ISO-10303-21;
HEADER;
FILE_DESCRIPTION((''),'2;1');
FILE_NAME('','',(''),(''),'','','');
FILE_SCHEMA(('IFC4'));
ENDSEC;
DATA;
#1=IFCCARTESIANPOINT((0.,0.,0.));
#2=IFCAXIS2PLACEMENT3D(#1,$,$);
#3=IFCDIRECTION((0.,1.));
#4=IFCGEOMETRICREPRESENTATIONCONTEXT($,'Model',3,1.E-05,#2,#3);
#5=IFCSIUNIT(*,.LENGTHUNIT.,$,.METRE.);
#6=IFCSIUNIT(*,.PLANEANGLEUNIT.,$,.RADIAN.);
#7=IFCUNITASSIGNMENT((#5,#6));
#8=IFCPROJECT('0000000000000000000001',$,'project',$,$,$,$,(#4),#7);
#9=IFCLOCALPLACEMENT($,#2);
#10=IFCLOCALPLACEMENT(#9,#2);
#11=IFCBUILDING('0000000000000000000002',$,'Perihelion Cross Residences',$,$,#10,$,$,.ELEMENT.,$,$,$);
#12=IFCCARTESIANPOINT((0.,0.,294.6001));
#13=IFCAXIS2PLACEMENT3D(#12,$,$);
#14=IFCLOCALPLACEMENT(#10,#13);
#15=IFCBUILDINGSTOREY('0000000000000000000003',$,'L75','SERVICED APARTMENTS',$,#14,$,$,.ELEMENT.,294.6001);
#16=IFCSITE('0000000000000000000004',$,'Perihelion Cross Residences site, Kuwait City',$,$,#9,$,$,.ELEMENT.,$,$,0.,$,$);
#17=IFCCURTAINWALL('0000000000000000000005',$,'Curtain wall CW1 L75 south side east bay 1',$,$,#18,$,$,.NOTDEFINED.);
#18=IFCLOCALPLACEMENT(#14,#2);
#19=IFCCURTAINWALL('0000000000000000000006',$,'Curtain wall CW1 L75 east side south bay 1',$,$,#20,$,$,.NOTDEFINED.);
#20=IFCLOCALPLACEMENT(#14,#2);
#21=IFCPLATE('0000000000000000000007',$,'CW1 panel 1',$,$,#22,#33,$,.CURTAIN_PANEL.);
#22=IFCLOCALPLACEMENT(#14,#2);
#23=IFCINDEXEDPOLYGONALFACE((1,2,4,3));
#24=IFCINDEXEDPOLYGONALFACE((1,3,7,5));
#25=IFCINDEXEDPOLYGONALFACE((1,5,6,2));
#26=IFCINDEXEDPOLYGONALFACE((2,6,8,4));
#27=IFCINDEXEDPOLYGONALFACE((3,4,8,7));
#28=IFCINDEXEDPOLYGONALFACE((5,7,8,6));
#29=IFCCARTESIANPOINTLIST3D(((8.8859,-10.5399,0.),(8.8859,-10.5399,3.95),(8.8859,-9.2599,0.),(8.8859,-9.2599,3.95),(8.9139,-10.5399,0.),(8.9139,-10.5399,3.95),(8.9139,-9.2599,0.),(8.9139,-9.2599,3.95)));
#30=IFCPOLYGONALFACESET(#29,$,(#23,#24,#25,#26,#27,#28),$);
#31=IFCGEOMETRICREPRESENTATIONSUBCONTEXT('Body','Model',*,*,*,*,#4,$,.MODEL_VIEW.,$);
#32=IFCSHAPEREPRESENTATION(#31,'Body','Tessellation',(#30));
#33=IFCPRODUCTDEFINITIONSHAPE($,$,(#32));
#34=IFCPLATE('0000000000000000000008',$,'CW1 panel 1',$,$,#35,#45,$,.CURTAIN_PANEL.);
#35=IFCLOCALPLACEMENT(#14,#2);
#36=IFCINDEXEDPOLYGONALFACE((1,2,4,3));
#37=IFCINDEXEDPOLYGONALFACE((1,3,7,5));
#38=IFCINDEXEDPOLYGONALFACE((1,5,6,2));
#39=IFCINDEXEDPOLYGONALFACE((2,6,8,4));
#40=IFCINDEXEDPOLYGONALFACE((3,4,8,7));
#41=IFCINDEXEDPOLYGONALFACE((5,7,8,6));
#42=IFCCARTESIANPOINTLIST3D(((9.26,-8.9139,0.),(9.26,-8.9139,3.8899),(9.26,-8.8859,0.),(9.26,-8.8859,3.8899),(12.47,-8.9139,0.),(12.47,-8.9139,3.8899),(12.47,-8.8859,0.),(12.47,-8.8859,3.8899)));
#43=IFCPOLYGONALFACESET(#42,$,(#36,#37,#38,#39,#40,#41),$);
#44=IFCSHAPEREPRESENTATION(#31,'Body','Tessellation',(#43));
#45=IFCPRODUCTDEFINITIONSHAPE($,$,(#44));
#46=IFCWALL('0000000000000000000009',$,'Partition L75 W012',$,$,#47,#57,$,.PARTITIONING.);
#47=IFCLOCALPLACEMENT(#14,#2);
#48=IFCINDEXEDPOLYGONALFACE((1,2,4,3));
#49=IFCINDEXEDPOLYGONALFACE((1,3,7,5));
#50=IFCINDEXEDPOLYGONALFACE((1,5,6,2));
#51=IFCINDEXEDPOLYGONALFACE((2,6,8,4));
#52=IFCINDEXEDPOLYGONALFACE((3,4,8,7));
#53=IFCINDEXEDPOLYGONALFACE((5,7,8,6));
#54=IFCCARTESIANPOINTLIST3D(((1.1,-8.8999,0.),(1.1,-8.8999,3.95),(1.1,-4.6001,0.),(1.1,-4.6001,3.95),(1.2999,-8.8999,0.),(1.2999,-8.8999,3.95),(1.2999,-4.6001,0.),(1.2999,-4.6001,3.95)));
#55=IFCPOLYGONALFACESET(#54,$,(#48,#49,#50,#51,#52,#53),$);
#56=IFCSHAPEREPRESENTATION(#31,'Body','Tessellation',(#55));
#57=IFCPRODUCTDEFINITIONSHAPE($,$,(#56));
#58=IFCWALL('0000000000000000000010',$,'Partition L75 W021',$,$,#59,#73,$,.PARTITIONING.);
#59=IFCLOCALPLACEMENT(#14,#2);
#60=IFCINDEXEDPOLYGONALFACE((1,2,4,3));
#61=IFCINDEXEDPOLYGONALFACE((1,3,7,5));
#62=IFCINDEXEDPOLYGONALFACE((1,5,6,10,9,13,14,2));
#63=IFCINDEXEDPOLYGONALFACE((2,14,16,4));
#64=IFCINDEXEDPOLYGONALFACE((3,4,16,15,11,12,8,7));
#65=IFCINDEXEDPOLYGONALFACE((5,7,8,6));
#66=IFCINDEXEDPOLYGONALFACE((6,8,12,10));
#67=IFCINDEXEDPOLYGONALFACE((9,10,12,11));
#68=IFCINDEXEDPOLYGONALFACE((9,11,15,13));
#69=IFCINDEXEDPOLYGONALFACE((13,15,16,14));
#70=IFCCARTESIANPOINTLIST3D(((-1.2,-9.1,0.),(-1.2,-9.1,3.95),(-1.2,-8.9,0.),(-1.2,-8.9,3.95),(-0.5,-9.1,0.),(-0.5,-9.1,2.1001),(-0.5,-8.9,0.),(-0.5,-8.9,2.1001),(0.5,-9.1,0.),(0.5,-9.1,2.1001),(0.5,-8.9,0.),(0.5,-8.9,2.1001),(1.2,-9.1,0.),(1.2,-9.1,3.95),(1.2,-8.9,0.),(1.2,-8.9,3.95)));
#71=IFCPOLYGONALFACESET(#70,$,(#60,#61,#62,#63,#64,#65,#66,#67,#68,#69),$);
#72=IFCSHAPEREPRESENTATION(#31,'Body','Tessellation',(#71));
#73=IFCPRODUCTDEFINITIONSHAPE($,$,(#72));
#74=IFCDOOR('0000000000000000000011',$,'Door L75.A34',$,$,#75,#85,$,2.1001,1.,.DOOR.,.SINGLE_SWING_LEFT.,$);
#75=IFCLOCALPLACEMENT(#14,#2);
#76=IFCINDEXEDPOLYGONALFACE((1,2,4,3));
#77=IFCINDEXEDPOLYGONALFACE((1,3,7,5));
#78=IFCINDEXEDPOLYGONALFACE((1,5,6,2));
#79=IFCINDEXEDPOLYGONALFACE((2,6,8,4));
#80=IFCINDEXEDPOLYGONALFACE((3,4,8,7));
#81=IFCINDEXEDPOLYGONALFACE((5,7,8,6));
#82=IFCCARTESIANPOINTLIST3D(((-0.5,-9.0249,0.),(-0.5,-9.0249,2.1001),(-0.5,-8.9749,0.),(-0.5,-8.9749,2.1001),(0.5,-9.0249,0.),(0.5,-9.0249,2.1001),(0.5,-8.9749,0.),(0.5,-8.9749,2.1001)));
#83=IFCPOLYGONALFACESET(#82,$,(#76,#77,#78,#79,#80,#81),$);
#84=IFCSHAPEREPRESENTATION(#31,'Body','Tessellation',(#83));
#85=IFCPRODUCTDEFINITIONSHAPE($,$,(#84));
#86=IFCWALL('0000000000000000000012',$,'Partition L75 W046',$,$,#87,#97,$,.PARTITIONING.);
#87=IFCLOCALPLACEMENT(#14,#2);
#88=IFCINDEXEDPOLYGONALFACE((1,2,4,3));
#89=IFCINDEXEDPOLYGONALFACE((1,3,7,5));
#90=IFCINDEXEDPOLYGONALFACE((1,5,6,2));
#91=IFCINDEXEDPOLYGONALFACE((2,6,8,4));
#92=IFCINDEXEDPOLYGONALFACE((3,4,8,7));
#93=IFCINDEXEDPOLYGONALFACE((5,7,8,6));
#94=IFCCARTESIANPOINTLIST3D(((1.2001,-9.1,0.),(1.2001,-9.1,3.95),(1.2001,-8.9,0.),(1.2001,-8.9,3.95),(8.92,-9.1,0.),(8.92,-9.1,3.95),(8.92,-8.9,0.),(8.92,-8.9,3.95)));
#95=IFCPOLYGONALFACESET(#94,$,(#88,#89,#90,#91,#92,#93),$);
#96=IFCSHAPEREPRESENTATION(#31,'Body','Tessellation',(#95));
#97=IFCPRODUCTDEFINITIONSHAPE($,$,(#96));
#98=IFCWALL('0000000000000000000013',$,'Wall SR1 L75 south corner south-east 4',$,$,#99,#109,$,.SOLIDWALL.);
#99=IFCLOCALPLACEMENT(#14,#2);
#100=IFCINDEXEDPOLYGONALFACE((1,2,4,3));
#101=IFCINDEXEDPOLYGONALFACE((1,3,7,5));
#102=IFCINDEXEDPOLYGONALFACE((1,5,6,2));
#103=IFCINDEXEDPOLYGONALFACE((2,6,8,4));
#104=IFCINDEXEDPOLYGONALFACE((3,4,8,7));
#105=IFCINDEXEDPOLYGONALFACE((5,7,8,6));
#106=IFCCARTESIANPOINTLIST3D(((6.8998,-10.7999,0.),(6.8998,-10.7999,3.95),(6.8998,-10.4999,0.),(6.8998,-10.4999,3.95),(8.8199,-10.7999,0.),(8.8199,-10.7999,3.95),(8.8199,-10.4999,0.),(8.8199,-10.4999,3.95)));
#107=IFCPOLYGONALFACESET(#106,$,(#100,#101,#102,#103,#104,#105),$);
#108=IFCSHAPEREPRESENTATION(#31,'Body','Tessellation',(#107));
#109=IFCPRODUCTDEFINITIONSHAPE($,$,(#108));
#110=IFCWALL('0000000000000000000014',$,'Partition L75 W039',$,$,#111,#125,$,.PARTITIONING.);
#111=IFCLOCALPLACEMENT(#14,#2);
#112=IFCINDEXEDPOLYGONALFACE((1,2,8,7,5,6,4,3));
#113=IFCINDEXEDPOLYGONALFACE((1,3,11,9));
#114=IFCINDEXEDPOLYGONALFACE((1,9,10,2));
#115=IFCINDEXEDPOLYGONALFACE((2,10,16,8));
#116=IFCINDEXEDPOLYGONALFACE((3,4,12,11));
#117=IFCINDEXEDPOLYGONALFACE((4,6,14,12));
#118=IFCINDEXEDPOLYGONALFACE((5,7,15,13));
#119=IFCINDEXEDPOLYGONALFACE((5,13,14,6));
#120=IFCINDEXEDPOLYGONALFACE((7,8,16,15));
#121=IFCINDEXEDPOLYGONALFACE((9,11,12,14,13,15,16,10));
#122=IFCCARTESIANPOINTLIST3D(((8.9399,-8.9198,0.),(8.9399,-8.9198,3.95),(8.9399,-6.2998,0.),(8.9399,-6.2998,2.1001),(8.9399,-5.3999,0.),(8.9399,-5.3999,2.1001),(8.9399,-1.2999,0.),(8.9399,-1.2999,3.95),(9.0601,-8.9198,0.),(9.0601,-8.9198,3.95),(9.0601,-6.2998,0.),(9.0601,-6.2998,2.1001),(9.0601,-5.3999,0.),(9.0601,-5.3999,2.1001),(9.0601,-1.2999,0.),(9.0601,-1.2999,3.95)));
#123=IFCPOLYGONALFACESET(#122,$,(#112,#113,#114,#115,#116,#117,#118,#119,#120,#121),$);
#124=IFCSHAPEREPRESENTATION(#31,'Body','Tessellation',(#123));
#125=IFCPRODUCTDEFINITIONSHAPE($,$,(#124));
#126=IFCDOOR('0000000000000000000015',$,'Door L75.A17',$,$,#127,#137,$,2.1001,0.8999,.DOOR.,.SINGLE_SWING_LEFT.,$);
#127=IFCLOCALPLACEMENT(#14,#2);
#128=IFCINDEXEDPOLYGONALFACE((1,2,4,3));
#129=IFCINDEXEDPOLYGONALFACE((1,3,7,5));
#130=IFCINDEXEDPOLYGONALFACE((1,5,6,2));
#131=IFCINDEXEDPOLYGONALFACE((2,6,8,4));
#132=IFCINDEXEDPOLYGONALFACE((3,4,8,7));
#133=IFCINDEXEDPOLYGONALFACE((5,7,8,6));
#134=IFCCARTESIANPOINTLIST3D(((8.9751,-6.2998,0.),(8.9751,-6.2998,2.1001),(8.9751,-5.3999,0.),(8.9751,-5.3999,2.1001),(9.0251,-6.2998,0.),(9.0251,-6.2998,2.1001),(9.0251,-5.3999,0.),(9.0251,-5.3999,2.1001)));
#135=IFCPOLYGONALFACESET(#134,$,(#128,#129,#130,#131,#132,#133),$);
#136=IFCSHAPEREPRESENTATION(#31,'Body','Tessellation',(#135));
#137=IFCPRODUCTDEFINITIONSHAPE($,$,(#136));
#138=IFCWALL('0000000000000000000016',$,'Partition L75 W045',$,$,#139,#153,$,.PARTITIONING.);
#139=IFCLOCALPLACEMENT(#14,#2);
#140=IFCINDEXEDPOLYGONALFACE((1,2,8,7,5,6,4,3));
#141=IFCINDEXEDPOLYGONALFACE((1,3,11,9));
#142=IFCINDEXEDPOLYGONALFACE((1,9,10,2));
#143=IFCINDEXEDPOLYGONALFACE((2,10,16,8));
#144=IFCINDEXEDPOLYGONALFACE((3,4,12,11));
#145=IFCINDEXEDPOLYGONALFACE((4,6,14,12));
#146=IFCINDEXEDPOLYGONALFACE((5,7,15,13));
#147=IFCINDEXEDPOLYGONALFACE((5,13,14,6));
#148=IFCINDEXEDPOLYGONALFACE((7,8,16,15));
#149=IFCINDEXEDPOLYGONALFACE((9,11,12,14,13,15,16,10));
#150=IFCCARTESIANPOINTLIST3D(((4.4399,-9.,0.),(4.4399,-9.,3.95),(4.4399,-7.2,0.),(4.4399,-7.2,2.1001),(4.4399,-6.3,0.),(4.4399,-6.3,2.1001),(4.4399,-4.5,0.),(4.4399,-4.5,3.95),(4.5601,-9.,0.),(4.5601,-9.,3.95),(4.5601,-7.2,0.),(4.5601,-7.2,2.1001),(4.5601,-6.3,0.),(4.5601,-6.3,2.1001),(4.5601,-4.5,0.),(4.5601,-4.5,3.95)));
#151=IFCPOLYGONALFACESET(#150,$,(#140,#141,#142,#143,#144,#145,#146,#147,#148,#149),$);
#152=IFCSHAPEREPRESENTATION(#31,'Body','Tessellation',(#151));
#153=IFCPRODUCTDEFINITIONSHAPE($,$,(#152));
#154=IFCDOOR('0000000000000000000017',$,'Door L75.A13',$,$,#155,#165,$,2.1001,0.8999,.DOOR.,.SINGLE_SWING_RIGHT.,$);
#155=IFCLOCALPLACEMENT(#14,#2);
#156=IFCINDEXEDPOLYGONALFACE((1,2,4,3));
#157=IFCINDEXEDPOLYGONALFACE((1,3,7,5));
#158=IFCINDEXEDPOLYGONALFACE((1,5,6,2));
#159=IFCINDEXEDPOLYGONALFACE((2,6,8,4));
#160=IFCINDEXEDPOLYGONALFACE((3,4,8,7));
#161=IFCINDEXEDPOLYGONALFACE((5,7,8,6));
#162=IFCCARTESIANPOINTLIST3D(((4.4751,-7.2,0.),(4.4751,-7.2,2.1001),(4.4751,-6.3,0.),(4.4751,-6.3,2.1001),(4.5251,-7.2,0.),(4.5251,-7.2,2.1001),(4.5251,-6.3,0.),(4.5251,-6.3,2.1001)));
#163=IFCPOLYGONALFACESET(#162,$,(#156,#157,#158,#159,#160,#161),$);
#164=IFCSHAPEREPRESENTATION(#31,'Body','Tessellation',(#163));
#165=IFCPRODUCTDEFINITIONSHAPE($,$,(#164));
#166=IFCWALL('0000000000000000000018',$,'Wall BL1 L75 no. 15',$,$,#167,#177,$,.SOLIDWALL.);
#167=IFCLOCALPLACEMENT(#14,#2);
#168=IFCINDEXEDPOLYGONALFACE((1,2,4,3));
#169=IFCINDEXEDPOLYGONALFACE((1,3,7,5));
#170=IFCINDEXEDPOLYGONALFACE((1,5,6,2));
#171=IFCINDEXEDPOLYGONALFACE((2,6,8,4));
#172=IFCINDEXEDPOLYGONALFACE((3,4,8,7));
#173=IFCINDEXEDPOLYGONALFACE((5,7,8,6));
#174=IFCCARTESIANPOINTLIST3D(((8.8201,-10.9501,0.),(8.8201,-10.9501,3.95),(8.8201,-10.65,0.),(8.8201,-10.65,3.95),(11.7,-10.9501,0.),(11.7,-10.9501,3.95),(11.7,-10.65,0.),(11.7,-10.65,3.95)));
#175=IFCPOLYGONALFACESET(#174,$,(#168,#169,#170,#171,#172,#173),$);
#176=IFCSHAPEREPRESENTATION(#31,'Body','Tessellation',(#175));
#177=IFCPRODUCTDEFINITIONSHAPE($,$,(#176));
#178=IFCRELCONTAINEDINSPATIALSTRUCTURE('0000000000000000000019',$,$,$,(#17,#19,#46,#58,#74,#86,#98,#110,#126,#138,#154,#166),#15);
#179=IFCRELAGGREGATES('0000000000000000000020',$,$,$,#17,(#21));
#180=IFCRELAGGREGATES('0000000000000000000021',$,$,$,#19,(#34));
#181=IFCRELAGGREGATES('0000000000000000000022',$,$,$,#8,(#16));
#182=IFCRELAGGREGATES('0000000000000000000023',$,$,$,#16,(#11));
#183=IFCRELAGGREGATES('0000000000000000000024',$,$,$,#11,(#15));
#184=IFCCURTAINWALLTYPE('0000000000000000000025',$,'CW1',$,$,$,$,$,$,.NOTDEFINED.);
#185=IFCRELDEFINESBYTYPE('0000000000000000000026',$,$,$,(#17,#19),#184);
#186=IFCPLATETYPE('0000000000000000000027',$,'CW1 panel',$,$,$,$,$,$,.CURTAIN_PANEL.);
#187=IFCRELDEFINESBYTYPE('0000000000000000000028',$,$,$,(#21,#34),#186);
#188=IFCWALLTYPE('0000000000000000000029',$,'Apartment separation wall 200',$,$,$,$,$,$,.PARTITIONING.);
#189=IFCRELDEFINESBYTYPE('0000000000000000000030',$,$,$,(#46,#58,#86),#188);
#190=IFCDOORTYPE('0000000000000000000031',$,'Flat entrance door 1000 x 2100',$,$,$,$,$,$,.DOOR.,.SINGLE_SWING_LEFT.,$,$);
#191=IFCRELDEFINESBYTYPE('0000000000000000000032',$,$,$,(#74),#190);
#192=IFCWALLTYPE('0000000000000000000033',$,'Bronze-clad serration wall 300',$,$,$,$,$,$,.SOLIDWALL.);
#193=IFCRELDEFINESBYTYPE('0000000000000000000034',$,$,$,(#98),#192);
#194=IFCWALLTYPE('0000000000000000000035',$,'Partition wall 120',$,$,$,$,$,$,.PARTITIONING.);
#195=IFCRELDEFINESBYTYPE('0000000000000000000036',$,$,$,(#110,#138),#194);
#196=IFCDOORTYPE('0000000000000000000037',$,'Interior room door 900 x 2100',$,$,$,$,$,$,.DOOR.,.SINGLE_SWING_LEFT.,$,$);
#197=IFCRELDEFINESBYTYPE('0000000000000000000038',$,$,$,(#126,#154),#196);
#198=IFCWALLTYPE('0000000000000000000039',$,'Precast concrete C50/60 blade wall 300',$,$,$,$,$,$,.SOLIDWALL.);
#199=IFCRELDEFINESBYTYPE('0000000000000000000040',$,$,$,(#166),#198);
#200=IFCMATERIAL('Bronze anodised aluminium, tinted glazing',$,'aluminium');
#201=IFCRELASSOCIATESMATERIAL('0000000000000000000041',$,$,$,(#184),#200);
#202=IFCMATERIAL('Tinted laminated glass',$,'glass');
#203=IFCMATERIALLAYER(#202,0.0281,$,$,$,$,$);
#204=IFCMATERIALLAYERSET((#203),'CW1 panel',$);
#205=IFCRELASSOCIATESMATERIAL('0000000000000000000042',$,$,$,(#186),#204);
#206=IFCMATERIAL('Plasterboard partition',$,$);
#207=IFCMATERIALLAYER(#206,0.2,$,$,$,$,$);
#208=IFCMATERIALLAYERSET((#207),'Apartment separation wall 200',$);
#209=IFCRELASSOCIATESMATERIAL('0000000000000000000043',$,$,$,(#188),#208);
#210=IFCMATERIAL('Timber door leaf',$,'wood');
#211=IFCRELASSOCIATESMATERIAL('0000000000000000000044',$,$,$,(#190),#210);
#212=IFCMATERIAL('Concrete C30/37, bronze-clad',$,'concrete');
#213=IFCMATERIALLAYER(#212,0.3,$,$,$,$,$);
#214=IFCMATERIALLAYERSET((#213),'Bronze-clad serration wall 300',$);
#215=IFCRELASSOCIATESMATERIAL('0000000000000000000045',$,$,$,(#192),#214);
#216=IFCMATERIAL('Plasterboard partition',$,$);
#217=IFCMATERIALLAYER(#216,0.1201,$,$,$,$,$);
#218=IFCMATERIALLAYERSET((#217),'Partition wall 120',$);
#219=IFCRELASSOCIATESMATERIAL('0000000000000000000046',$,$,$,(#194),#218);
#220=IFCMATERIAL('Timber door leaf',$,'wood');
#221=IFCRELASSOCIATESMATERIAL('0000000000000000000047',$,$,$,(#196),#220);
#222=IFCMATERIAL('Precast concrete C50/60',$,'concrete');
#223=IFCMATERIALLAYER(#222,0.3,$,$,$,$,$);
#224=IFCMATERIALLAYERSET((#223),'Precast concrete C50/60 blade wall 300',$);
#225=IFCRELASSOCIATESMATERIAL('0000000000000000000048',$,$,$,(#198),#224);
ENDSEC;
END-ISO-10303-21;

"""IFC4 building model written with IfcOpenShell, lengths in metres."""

from ifc_helpers import new_model, si_unit, direction, frame, frame_2d, origin, origin_2d, place, context, subcontext, project, spatial, rectangle, extrude, material, layer, layer_set, type_object, element, fill, aggregate, save


model = new_model("IFC4")

# Units and contexts
model_context = context("Model", 3, precision=1e-05, world=origin(), true_north=direction((0.0, 1.0)))
body_context = subcontext(model_context, "Body", "Model", "MODEL_VIEW")
ifc_project = project(units=[si_unit("LENGTHUNIT", "METRE"), si_unit("PLANEANGLEUNIT", "RADIAN")], contexts=[model_context])

# Site, building, storey
site_placement = place(None, origin())
site = spatial("IfcSite", under=ifc_project, at=site_placement, Name="Perihelion Cross Residences site, Kuwait City", CompositionType="ELEMENT", RefElevation=0.0)
building_placement = place(site_placement, origin())
building = spatial("IfcBuilding", under=site, at=building_placement, Name="Perihelion Cross Residences", CompositionType="ELEMENT")
storey_placement = place(building_placement, frame((0.0, 0.0, 294.6001)))
storey = spatial("IfcBuildingStorey", under=building, at=storey_placement, Name="L75", Description="SERVICED APARTMENTS", CompositionType="ELEMENT", Elevation=294.6001)

# Curtain walls
ifc_material_1 = material(Name="Bronze anodised aluminium, tinted glazing", Category="aluminium")
curtain_wall_type = type_object("IfcCurtainWallType", Name="CW1", PredefinedType="NOTDEFINED", material=ifc_material_1)
curtain_wall_1_placement = place(storey_placement, origin())
curtain_wall_1 = element("IfcCurtainWall", 1, at=curtain_wall_1_placement, inside=storey, type_object=curtain_wall_type, Name="Curtain wall CW1 L75 south side east bay 1", PredefinedType="NOTDEFINED")
curtain_wall_2_placement = place(storey_placement, origin())
curtain_wall_2 = element("IfcCurtainWall", 2, at=curtain_wall_2_placement, inside=storey, type_object=curtain_wall_type, Name="Curtain wall CW1 L75 east side south bay 1", PredefinedType="NOTDEFINED")

# Plates
ifc_material_2 = material(Name="Tinted laminated glass", Category="glass")
ifc_layer_1 = layer(ifc_material_2, 0.0281)
ifc_layer_set_1 = layer_set([ifc_layer_1], Name="CW1 panel")
plate_type = type_object("IfcPlateType", Name="CW1 panel", PredefinedType="CURTAIN_PANEL", material=ifc_layer_set_1)
plate_1_placement = place(storey_placement, frame((8.8999, -9.8999, 0.0), z_axis=(0.0, 0.0, 1.0), x_axis=(0.0, 1.0, 0.0)))
plate_1 = element("IfcPlate", 3, at=plate_1_placement, type_object=plate_type, Name="CW1 panel 1", PredefinedType="CURTAIN_PANEL", context=body_context, shape_type="SweptSolid", body=[
    extrude(rectangle(XDim=1.28, YDim=0.0281, at=origin_2d()), origin(), (0.0, 0.0, 1.0), 3.95),
])
aggregate(curtain_wall_1, [plate_1])
plate_2_placement = place(storey_placement, frame((10.865, -8.8999, 0.0), z_axis=(0.0, 0.0, 1.0), x_axis=(1.0, 0.0, 0.0)))
plate_2 = element("IfcPlate", 4, at=plate_2_placement, type_object=plate_type, Name="CW1 panel 1", PredefinedType="CURTAIN_PANEL", context=body_context, shape_type="SweptSolid", body=[
    extrude(rectangle(XDim=3.21, YDim=0.0281, at=origin_2d()), origin(), (0.0, 0.0, 1.0), 3.8899),
])
aggregate(curtain_wall_2, [plate_2])

# Wall
ifc_material_3 = material(Name="Plasterboard partition")
ifc_layer_2 = layer(ifc_material_3, 0.2)
ifc_layer_set_2 = layer_set([ifc_layer_2], Name="Apartment separation wall 200")
wall_type_1 = type_object("IfcWallType", Name="Apartment separation wall 200", PredefinedType="PARTITIONING", material=ifc_layer_set_2)
wall_1_placement = place(storey_placement, frame((1.2, -4.6001, 0.0), z_axis=(0.0, 0.0, 1.0), x_axis=(0.0, -1.0, 0.0)))
element("IfcWall", 5, at=wall_1_placement, inside=storey, type_object=wall_type_1, Name="Partition L75 W012", PredefinedType="PARTITIONING", context=body_context, shape_type="SweptSolid", body=[
    extrude(rectangle(XDim=4.2998, YDim=0.2, at=frame_2d((2.1499, 0.0))), origin(), (0.0, 0.0, 1.0), 3.95),
])

# Wall, opening, door
wall_2_placement = place(storey_placement, frame((1.2, -9.0, 0.0), z_axis=(0.0, 0.0, 1.0), x_axis=(-1.0, 0.0, 0.0)))
wall_2 = element("IfcWall", 6, at=wall_2_placement, inside=storey, type_object=wall_type_1, Name="Partition L75 W021", PredefinedType="PARTITIONING", context=body_context, shape_type="SweptSolid", body=[
    extrude(rectangle(XDim=2.3999, YDim=0.2, at=frame_2d((1.2, 0.0))), origin(), (0.0, 0.0, 1.0), 3.95),
])
opening_1_placement = place(wall_2_placement, frame((0.7, 0.0, 0.0)))
opening_1 = element("IfcOpeningElement", 7, at=opening_1_placement, cuts=wall_2, PredefinedType="OPENING", context=body_context, shape_type="SweptSolid", body=[
    extrude(rectangle(XDim=1.0, YDim=2.1001, at=frame_2d((0.5, 1.05))), frame((0.0, 0.1099, 0.0), z_axis=(0.0, -1.0, 0.0), x_axis=(1.0, 0.0, 0.0)), (0.0, 0.0, 1.0), 0.22),
])
ifc_material_4 = material(Name="Timber door leaf", Category="wood")
door_type_1 = type_object("IfcDoorType", Name="Flat entrance door 1000 x 2100", OperationType="SINGLE_SWING_LEFT", PredefinedType="DOOR", material=ifc_material_4)
door_1_placement = place(opening_1_placement, origin())
door_1 = element("IfcDoor", 8, at=door_1_placement, inside=storey, type_object=door_type_1, Name="Door L75.A34", OperationType="SINGLE_SWING_LEFT", OverallHeight=2.1001, OverallWidth=1.0, PredefinedType="DOOR", context=body_context, shape_type="SweptSolid", body=[
    extrude(rectangle(XDim=1.0, YDim=2.1001, at=frame_2d((0.5, 1.05))), frame((0.0, 0.0249, 0.0), z_axis=(0.0, -1.0, 0.0), x_axis=(1.0, 0.0, 0.0)), (0.0, 0.0, 1.0), 0.05),
])
fill(opening_1, door_1)

# Walls
wall_3_placement = place(storey_placement, frame((8.9199, -9.0, 0.0), z_axis=(0.0, 0.0, 1.0), x_axis=(-1.0, 0.0, 0.0)))
element("IfcWall", 9, at=wall_3_placement, inside=storey, type_object=wall_type_1, Name="Partition L75 W046", PredefinedType="PARTITIONING", context=body_context, shape_type="SweptSolid", body=[
    extrude(rectangle(XDim=7.72, YDim=0.2, at=frame_2d((3.8599, 0.0))), origin(), (0.0, 0.0, 1.0), 3.95),
])
ifc_material_5 = material(Name="Concrete C30/37, bronze-clad", Category="concrete")
ifc_layer_3 = layer(ifc_material_5, 0.3)
ifc_layer_set_3 = layer_set([ifc_layer_3], Name="Bronze-clad serration wall 300")
wall_type_2 = type_object("IfcWallType", Name="Bronze-clad serration wall 300", PredefinedType="SOLIDWALL", material=ifc_layer_set_3)
wall_4_placement = place(storey_placement, frame((6.8999, -10.6499, 0.0), z_axis=(0.0, 0.0, 1.0), x_axis=(1.0, 0.0, 0.0)))
element("IfcWall", 10, at=wall_4_placement, inside=storey, type_object=wall_type_2, Name="Wall SR1 L75 south corner south-east 4", PredefinedType="SOLIDWALL", context=body_context, shape_type="SweptSolid", body=[
    extrude(rectangle(XDim=1.9202, YDim=0.3, at=frame_2d((0.96, 0.0))), origin(), (0.0, 0.0, 1.0), 3.95),
])

# Walls, openings, doors
ifc_material_6 = material(Name="Plasterboard partition")
ifc_layer_4 = layer(ifc_material_6, 0.1201)
ifc_layer_set_4 = layer_set([ifc_layer_4], Name="Partition wall 120")
wall_type_3 = type_object("IfcWallType", Name="Partition wall 120", PredefinedType="PARTITIONING", material=ifc_layer_set_4)
wall_5_placement = place(storey_placement, frame((9.0, -8.9199, 0.0), z_axis=(0.0, 0.0, 1.0), x_axis=(0.0, 1.0, 0.0)))
wall_5 = element("IfcWall", 11, at=wall_5_placement, inside=storey, type_object=wall_type_3, Name="Partition L75 W039", PredefinedType="PARTITIONING", context=body_context, shape_type="SweptSolid", body=[
    extrude(rectangle(XDim=7.6199, YDim=0.1201, at=frame_2d((3.8101, 0.0))), origin(), (0.0, 0.0, 1.0), 3.95),
])
opening_2_placement = place(wall_5_placement, frame((2.6201, 0.0, 0.0)))
opening_2 = element("IfcOpeningElement", 12, at=opening_2_placement, cuts=wall_5, PredefinedType="OPENING", context=body_context, shape_type="SweptSolid", body=[
    extrude(rectangle(XDim=0.8999, YDim=2.1001, at=frame_2d((0.45, 1.05))), frame((0.0, 0.0701, 0.0), z_axis=(0.0, -1.0, 0.0), x_axis=(1.0, 0.0, 0.0)), (0.0, 0.0, 1.0), 0.1401),
])
ifc_material_7 = material(Name="Timber door leaf", Category="wood")
door_type_2 = type_object("IfcDoorType", Name="Interior room door 900 x 2100", OperationType="SINGLE_SWING_LEFT", PredefinedType="DOOR", material=ifc_material_7)
door_2_placement = place(opening_2_placement, origin())
door_2 = element("IfcDoor", 13, at=door_2_placement, inside=storey, type_object=door_type_2, Name="Door L75.A17", OperationType="SINGLE_SWING_LEFT", OverallHeight=2.1001, OverallWidth=0.8999, PredefinedType="DOOR", context=body_context, shape_type="SweptSolid", body=[
    extrude(rectangle(XDim=0.8999, YDim=2.1001, at=frame_2d((0.45, 1.05))), frame((0.0, 0.0249, 0.0), z_axis=(0.0, -1.0, 0.0), x_axis=(1.0, 0.0, 0.0)), (0.0, 0.0, 1.0), 0.05),
])
fill(opening_2, door_2)
wall_6_placement = place(storey_placement, frame((4.5, -9.0, 0.0), z_axis=(0.0, 0.0, 1.0), x_axis=(0.0, 1.0, 0.0)))
wall_6 = element("IfcWall", 14, at=wall_6_placement, inside=storey, type_object=wall_type_3, Name="Partition L75 W045", PredefinedType="PARTITIONING", context=body_context, shape_type="SweptSolid", body=[
    extrude(rectangle(XDim=4.5, YDim=0.1201, at=frame_2d((2.25, 0.0))), origin(), (0.0, 0.0, 1.0), 3.95),
])
opening_3_placement = place(wall_6_placement, frame((1.8, 0.0, 0.0)))
opening_3 = element("IfcOpeningElement", 15, at=opening_3_placement, cuts=wall_6, PredefinedType="OPENING", context=body_context, shape_type="SweptSolid", body=[
    extrude(rectangle(XDim=0.8999, YDim=2.1001, at=frame_2d((0.45, 1.05))), frame((0.0, 0.0701, 0.0), z_axis=(0.0, -1.0, 0.0), x_axis=(1.0, 0.0, 0.0)), (0.0, 0.0, 1.0), 0.1401),
])
door_3_placement = place(opening_3_placement, origin())
door_3 = element("IfcDoor", 16, at=door_3_placement, inside=storey, type_object=door_type_2, Name="Door L75.A13", OperationType="SINGLE_SWING_RIGHT", OverallHeight=2.1001, OverallWidth=0.8999, PredefinedType="DOOR", context=body_context, shape_type="SweptSolid", body=[
    extrude(rectangle(XDim=0.8999, YDim=2.1001, at=frame_2d((0.45, 1.05))), frame((0.0, 0.0249, 0.0), z_axis=(0.0, -1.0, 0.0), x_axis=(1.0, 0.0, 0.0)), (0.0, 0.0, 1.0), 0.05),
])
fill(opening_3, door_3)

# Wall
ifc_material_8 = material(Name="Precast concrete C50/60", Category="concrete")
ifc_layer_5 = layer(ifc_material_8, 0.3)
ifc_layer_set_5 = layer_set([ifc_layer_5], Name="Precast concrete C50/60 blade wall 300")
wall_type_4 = type_object("IfcWallType", Name="Precast concrete C50/60 blade wall 300", PredefinedType="SOLIDWALL", material=ifc_layer_set_5)
wall_7_placement = place(storey_placement, frame((8.8201, -10.8, 0.0), z_axis=(0.0, 0.0, 1.0), x_axis=(1.0, 0.0, 0.0)))
element("IfcWall", 17, at=wall_7_placement, inside=storey, type_object=wall_type_4, Name="Wall BL1 L75 no. 15", PredefinedType="SOLIDWALL", context=body_context, shape_type="SweptSolid", body=[
    extrude(rectangle(XDim=2.8799, YDim=0.3, at=frame_2d((1.4399, 0.0))), origin(), (0.0, 0.0, 1.0), 3.95),
])

save(model, "model.ifc")
